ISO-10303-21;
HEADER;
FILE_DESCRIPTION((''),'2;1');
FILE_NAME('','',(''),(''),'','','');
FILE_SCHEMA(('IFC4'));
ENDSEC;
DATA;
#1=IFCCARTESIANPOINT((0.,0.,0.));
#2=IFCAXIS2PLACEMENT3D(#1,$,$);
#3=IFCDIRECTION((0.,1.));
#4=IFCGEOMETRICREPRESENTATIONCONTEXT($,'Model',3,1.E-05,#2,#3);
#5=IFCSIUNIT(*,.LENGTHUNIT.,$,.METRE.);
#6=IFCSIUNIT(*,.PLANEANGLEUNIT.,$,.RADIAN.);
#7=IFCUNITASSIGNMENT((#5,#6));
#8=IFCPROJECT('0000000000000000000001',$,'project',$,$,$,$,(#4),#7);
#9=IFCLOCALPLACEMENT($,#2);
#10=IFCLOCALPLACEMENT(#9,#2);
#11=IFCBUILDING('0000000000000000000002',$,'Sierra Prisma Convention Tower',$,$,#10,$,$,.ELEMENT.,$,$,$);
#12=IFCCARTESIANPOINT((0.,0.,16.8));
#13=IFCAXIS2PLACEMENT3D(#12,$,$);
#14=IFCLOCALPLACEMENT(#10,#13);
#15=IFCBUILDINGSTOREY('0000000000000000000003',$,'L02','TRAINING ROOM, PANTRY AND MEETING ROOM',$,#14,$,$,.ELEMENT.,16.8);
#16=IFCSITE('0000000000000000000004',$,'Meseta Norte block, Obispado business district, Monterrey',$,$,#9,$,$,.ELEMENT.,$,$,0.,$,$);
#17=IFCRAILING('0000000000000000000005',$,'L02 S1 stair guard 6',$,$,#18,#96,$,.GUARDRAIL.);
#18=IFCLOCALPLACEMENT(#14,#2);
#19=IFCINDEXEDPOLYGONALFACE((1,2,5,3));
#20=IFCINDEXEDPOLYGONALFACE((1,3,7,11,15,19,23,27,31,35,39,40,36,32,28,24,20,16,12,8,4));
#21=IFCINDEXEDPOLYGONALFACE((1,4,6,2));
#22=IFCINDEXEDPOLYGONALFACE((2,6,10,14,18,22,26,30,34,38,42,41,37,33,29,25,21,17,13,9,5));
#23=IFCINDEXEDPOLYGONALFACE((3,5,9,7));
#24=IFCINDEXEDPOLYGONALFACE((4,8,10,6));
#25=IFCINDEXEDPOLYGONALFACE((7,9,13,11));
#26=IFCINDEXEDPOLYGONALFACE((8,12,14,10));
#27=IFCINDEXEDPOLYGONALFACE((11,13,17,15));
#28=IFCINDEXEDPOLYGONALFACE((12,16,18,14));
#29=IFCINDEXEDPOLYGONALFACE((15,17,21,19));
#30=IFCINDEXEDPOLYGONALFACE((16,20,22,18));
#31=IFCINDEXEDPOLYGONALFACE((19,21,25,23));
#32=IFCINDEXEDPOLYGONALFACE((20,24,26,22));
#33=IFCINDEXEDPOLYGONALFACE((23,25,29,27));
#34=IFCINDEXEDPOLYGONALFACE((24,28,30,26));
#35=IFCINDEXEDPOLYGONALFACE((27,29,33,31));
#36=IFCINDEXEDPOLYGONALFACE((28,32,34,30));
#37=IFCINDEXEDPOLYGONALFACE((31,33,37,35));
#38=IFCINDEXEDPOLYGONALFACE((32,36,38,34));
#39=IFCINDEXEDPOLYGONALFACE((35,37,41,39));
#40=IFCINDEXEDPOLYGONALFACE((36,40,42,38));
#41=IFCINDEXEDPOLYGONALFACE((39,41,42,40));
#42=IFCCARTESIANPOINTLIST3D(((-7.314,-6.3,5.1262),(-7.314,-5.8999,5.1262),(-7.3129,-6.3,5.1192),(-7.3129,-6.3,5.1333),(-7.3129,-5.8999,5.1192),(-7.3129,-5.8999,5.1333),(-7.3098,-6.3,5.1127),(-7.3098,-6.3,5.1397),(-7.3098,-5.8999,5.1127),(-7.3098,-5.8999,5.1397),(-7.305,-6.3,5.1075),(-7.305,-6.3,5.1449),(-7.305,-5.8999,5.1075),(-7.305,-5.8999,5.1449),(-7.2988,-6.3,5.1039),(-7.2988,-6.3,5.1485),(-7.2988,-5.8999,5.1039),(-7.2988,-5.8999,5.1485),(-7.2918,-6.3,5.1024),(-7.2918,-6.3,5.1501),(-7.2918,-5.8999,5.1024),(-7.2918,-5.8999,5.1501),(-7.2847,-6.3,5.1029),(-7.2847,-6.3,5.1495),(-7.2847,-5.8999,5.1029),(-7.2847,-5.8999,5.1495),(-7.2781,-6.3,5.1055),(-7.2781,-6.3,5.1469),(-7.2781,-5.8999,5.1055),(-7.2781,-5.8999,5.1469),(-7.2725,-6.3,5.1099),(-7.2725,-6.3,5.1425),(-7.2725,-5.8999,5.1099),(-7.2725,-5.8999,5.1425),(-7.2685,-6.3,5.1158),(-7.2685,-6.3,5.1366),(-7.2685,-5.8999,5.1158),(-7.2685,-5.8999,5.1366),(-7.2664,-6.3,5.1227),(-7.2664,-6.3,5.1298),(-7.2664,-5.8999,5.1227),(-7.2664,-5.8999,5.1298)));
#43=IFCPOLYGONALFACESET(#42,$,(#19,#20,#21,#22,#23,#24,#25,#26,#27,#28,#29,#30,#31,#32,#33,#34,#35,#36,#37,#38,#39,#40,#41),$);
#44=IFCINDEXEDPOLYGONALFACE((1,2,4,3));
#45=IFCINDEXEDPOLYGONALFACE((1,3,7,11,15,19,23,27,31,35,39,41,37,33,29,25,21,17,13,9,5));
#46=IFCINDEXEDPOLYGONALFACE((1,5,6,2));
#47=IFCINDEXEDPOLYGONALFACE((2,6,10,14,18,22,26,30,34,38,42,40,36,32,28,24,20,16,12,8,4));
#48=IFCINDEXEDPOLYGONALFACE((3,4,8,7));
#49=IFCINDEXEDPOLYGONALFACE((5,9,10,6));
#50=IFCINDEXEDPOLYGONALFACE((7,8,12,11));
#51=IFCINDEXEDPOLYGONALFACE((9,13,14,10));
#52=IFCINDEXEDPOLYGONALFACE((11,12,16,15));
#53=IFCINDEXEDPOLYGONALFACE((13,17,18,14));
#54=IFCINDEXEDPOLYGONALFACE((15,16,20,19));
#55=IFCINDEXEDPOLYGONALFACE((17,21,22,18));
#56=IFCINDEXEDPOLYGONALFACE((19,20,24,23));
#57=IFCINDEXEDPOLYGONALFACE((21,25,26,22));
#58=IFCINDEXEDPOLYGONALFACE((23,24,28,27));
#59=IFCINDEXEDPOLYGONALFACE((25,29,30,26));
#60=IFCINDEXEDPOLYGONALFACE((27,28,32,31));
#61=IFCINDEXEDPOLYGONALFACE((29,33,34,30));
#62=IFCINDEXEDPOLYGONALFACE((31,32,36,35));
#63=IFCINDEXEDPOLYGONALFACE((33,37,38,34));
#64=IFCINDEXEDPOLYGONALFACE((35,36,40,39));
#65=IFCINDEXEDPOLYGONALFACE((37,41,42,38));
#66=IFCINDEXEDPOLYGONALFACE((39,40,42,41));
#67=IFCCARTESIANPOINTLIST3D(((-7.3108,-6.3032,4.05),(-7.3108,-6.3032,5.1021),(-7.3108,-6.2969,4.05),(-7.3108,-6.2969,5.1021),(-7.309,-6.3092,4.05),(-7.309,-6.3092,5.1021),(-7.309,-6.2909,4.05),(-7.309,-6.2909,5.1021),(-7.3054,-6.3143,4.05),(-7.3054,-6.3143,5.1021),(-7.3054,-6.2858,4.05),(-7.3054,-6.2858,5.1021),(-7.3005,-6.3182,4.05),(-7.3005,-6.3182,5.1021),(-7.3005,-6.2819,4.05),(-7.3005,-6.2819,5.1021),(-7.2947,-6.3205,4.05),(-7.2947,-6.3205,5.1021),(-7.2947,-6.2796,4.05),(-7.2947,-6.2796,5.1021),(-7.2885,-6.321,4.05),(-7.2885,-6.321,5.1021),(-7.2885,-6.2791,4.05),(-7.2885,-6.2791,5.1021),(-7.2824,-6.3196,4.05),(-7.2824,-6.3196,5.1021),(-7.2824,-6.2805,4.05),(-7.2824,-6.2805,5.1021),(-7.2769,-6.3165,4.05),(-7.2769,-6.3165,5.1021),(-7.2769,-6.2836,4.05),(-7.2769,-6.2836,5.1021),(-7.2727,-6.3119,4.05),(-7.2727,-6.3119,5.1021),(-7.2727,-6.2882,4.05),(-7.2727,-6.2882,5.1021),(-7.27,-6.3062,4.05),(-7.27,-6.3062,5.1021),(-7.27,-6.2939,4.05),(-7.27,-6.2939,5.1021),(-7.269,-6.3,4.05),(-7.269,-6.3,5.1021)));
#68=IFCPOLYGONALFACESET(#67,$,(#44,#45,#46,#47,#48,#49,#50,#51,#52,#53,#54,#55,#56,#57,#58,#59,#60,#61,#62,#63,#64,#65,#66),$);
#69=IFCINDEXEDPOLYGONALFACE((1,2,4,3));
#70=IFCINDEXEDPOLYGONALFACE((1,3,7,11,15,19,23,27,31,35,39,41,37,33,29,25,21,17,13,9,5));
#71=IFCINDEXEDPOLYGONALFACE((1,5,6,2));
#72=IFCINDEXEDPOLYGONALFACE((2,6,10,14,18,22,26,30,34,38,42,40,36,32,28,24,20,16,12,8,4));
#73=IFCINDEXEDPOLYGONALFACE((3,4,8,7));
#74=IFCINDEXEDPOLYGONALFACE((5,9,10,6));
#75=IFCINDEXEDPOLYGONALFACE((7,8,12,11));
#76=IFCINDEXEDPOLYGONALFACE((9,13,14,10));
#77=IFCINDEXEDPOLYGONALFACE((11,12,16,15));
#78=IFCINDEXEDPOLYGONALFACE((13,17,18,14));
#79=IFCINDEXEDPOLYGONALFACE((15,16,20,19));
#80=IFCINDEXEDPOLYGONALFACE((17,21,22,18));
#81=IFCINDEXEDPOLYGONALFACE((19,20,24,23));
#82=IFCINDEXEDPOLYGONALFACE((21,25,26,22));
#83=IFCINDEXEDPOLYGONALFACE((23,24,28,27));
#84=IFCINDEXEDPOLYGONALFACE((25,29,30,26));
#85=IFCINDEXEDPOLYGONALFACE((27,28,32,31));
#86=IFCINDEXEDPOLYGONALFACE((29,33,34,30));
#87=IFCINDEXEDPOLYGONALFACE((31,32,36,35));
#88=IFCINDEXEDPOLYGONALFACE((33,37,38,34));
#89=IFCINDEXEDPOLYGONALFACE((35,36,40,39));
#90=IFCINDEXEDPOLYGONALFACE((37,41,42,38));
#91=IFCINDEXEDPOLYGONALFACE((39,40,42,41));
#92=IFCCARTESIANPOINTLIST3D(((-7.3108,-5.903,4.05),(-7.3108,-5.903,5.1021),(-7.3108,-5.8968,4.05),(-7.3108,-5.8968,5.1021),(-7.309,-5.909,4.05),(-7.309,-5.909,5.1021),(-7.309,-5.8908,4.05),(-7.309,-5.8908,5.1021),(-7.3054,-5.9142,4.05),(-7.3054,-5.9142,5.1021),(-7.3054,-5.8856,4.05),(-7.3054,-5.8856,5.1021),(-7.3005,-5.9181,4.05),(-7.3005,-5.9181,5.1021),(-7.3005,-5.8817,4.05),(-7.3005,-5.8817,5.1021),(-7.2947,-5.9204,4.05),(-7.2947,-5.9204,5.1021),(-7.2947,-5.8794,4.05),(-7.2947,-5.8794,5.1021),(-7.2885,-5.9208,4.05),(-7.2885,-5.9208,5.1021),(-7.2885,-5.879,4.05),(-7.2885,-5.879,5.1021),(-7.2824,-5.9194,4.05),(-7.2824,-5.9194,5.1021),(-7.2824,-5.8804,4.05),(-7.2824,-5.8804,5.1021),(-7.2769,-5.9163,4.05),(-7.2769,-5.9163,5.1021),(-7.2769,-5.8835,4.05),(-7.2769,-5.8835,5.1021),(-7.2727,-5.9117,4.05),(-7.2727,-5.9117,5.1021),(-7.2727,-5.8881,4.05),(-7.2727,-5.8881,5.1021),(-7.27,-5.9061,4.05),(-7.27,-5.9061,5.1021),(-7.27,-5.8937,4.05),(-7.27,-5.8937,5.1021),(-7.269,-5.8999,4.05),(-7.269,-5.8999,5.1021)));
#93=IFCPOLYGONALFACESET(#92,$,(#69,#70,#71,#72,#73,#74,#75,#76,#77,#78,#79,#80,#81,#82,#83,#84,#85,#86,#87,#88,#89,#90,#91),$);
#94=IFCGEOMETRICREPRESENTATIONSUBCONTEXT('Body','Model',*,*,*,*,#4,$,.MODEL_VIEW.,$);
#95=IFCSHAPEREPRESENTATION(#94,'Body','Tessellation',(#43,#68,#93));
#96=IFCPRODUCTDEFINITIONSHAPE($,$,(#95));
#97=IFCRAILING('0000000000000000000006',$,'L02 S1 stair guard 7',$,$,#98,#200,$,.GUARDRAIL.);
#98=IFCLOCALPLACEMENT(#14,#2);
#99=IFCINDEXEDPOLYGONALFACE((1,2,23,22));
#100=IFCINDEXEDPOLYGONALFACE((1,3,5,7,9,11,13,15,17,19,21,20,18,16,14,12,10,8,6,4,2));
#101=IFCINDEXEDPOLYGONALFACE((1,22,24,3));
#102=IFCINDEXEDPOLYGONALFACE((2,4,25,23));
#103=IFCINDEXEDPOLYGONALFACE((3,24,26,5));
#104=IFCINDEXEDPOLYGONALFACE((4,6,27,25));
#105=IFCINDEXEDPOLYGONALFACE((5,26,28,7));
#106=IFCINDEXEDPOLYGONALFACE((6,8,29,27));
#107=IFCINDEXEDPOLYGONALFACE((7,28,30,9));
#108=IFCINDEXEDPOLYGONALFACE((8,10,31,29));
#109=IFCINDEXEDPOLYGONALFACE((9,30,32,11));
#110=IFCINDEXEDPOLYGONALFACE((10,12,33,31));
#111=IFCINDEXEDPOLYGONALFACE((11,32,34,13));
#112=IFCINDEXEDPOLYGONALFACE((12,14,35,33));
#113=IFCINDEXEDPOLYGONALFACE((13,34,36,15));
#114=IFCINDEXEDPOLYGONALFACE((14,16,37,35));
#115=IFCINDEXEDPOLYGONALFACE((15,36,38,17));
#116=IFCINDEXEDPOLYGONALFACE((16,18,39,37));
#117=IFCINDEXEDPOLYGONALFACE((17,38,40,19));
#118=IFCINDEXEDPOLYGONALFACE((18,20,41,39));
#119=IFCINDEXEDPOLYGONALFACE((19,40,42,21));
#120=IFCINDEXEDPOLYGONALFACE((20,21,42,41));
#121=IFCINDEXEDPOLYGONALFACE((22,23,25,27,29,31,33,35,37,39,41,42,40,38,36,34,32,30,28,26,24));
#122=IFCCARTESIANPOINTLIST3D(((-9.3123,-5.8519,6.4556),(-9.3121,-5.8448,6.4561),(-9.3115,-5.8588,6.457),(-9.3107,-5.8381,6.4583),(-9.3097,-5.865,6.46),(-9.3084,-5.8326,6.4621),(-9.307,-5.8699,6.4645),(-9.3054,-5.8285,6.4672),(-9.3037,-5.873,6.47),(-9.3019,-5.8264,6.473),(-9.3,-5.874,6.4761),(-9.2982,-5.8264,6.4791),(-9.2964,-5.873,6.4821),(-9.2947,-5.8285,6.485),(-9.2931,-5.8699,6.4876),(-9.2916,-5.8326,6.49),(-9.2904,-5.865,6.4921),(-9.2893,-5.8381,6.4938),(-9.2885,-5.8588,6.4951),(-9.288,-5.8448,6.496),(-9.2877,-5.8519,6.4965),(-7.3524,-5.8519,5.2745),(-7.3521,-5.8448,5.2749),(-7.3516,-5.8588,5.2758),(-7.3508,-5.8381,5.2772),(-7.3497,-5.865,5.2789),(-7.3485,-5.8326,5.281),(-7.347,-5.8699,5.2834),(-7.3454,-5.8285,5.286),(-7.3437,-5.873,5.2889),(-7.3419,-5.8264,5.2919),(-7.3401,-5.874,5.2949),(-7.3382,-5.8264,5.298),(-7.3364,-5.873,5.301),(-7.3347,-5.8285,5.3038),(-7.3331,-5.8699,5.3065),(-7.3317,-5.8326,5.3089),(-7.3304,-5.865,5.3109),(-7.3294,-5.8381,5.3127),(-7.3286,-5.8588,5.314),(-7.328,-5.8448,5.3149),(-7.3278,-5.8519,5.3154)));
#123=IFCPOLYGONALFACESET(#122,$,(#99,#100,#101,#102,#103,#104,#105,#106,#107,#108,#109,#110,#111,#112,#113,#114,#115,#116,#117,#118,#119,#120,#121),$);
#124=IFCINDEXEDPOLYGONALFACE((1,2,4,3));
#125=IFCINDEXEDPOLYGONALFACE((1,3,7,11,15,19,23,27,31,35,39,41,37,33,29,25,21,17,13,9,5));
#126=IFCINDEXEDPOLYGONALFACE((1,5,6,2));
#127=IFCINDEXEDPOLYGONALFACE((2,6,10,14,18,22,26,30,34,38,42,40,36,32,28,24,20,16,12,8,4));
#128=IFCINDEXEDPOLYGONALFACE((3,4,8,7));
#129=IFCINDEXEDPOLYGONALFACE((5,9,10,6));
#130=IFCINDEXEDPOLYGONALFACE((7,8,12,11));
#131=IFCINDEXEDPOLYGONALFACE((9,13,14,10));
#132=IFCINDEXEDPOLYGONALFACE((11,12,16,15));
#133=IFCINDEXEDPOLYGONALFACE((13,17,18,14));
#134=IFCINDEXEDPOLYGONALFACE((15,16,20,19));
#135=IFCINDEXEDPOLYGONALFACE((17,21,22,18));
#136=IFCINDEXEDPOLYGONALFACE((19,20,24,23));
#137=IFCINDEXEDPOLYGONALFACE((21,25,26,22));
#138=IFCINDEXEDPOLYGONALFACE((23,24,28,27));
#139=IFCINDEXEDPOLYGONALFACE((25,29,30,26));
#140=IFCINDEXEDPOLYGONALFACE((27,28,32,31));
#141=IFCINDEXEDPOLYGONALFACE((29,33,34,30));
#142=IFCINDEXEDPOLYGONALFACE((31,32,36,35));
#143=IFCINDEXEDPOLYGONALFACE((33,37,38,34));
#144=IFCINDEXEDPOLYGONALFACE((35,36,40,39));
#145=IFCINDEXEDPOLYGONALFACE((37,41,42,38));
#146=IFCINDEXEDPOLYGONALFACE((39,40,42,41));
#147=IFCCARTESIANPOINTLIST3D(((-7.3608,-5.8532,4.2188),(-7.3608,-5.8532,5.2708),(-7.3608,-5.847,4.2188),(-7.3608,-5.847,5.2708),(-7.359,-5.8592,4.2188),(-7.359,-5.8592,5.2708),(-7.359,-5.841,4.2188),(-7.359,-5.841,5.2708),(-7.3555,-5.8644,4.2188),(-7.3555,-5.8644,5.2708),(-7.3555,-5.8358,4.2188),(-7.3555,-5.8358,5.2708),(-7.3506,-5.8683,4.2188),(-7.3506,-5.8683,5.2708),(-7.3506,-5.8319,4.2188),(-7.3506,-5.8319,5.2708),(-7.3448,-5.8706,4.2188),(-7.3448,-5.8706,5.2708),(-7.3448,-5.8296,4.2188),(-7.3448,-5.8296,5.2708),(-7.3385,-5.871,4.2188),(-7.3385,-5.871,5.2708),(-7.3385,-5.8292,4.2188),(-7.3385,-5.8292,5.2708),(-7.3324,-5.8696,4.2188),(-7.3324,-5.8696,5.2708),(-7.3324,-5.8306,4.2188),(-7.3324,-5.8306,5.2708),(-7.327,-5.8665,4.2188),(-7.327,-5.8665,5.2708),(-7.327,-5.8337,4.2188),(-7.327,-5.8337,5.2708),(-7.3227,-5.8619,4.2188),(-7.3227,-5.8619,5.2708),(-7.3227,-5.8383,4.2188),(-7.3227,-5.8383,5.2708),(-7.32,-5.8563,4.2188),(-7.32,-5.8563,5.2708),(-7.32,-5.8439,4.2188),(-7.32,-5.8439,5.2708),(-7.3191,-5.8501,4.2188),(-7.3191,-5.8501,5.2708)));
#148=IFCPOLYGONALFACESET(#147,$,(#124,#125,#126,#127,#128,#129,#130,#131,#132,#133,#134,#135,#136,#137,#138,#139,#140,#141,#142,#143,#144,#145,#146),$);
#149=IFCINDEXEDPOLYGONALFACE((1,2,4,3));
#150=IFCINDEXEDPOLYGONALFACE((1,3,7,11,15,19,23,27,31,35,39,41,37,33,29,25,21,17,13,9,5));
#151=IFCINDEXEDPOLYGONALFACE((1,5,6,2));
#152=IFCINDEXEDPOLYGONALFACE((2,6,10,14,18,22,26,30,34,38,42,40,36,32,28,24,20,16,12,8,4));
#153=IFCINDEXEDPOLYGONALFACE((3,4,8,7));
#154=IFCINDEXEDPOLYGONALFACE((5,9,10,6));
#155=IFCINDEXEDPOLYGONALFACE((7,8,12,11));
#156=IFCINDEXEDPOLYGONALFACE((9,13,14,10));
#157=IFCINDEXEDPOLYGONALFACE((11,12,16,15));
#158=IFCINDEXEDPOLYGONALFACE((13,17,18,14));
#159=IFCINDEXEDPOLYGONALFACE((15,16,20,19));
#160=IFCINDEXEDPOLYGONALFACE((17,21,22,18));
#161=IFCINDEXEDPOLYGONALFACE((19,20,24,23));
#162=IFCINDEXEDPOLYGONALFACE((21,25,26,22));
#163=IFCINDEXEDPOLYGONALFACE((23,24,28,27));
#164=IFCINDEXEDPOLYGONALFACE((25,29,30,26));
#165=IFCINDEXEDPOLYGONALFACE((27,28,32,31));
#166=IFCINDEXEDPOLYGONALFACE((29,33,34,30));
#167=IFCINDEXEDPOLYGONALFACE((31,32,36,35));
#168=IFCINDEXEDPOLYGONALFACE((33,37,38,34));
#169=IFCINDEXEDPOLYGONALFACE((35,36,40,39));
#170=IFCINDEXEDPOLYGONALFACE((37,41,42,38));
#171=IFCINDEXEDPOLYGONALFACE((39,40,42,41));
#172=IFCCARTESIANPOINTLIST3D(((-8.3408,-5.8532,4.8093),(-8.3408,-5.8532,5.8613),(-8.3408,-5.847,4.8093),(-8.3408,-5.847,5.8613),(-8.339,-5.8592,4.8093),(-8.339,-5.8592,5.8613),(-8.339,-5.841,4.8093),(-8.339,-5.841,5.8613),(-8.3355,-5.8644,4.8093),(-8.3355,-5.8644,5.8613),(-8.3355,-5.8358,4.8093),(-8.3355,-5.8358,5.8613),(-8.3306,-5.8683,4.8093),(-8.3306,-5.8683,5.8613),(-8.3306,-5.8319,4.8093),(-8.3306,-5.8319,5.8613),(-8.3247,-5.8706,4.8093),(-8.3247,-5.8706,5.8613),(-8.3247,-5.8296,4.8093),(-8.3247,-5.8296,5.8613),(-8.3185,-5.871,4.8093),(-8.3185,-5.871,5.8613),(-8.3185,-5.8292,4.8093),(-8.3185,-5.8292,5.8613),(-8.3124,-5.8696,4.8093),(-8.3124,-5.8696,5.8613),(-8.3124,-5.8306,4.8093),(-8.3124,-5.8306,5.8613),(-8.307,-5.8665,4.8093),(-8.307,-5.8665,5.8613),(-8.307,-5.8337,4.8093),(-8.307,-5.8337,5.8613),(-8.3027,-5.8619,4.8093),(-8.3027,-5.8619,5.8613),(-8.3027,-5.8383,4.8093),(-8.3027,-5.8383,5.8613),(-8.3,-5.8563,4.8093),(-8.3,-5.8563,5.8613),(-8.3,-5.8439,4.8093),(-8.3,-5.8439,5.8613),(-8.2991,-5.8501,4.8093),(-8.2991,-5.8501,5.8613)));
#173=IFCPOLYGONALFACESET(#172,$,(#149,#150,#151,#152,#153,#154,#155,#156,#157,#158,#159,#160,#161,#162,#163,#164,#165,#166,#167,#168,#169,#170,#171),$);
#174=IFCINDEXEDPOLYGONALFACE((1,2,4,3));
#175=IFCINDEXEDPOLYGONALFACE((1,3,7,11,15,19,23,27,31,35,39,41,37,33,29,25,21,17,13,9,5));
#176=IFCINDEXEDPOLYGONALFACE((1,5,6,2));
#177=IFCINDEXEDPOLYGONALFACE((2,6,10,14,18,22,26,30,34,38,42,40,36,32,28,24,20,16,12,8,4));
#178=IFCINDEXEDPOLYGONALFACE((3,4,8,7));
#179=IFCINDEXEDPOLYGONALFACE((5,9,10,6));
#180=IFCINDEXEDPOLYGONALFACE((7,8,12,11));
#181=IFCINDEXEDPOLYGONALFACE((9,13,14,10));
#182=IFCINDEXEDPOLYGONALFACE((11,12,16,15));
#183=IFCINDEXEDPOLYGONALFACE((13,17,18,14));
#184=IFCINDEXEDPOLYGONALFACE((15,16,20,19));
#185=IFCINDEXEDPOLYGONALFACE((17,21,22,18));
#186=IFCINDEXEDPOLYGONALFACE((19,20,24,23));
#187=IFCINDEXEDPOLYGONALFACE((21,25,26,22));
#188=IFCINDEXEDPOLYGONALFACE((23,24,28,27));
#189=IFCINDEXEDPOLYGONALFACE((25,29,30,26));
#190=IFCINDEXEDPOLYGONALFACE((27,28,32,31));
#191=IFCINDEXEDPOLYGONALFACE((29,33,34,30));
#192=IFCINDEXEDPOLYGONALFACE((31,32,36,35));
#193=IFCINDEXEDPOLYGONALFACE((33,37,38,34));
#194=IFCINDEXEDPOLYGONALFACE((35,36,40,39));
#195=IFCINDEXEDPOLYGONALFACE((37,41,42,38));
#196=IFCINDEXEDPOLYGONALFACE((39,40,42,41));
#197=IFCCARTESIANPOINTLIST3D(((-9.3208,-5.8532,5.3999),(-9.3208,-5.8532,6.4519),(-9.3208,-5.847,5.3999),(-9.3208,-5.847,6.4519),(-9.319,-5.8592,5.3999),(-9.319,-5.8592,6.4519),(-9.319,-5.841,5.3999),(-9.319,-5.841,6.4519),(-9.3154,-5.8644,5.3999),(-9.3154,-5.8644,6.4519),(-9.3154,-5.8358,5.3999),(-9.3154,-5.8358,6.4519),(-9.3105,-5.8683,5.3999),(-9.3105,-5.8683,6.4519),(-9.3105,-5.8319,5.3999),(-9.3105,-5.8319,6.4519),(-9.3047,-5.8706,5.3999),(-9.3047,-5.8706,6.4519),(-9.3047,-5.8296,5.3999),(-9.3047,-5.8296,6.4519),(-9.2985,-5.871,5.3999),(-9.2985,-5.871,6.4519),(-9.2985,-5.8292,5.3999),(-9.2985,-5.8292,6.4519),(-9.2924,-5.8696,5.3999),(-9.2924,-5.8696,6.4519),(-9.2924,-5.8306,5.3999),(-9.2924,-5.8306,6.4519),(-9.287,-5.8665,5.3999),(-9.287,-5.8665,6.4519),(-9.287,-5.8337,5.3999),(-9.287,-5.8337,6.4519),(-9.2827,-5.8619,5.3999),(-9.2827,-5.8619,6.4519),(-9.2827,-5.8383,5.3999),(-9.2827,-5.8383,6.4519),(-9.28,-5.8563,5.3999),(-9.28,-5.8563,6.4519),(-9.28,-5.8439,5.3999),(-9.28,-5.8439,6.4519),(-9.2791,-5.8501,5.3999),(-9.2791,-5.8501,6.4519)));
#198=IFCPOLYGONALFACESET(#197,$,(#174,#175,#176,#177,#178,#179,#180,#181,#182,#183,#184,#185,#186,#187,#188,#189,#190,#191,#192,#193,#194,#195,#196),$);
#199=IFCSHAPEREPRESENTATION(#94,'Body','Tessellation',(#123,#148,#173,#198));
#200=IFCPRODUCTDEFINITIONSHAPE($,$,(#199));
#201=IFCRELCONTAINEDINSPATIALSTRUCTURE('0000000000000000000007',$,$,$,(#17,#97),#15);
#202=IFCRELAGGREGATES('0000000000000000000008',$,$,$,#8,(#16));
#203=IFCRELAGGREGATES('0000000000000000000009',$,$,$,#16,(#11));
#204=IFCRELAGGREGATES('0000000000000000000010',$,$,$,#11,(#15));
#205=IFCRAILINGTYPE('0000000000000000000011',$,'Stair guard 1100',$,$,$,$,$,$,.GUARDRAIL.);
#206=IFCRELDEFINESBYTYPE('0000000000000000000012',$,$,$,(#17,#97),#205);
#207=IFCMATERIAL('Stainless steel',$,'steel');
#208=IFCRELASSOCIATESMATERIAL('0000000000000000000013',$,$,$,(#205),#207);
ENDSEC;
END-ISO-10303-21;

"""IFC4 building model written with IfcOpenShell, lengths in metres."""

from ifc_helpers import new_model, si_unit, direction, frame, origin, origin_2d, place, context, subcontext, project, spatial, circle, extrude, material, type_object, element, save


model = new_model("IFC4")

# Units and contexts
model_context = context("Model", 3, precision=1e-05, world=origin(), true_north=direction((0.0, 1.0)))
body_context = subcontext(model_context, "Body", "Model", "MODEL_VIEW")
ifc_project = project(units=[si_unit("LENGTHUNIT", "METRE"), si_unit("PLANEANGLEUNIT", "RADIAN")], contexts=[model_context])

# Site, building, storey
site_placement = place(None, origin())
site = spatial("IfcSite", under=ifc_project, at=site_placement, Name="Meseta Norte block, Obispado business district, Monterrey", CompositionType="ELEMENT", RefElevation=0.0)
building_placement = place(site_placement, origin())
building = spatial("IfcBuilding", under=site, at=building_placement, Name="Sierra Prisma Convention Tower", CompositionType="ELEMENT")
storey_placement = place(building_placement, frame((0.0, 0.0, 16.8)))
storey = spatial("IfcBuildingStorey", under=building, at=storey_placement, Name="L02", Description="TRAINING ROOM, PANTRY AND MEETING ROOM", CompositionType="ELEMENT", Elevation=16.8)

# Railings
ifc_material_1 = material(Name="Stainless steel", Category="steel")
railing_type_1 = type_object("IfcRailingType", Name="Stair guard 1100", PredefinedType="GUARDRAIL", material=ifc_material_1)
railing_1_placement = place(storey_placement, frame((-7.29, -6.3, 4.05)))
element("IfcRailing", 1, at=railing_1_placement, inside=storey, type_object=railing_type_1, Name="L02 S1 stair guard 6", PredefinedType="GUARDRAIL", context=body_context, shape_type="SweptSolid", body=[
    extrude(circle(Radius=0.0239, at=origin_2d()), frame((0.0, 0.0, 1.0762), z_axis=(0.0, 1.0, 0.0), x_axis=(-1.0, 0.0, 0.0)), (0.0, 0.0, 1.0), 0.4001),
    extrude(circle(Radius=0.021, at=origin_2d()), origin(), (0.0, 0.0, 1.0), 1.052),
    extrude(circle(Radius=0.021, at=origin_2d()), frame((0.0, 0.4001, 0.0)), (0.0, 0.0, 1.0), 1.052),
])
railing_2_placement = place(storey_placement, frame((-7.3401, -5.8501, 4.2188)))
element("IfcRailing", 2, at=railing_2_placement, inside=storey, type_object=railing_type_1, Name="L02 S1 stair guard 7", PredefinedType="GUARDRAIL", context=body_context, shape_type="SweptSolid", body=[
    extrude(circle(Radius=0.0239, at=origin_2d()), frame((0.0, 0.0, 1.0762), z_axis=(-0.856493, 0.0, 0.516158), x_axis=(0.0, -1.0, 0.0)), (0.0, 0.0, 1.0), 2.2883),
    extrude(circle(Radius=0.021, at=origin_2d()), origin(), (0.0, 0.0, 1.0), 1.052),
    extrude(circle(Radius=0.021, at=origin_2d()), frame((-0.98, 0.0, 0.5906)), (0.0, 0.0, 1.0), 1.052),
    extrude(circle(Radius=0.021, at=origin_2d()), frame((-1.96, 0.0, 1.1812)), (0.0, 0.0, 1.0), 1.052),
])

save(model, "model.ifc")
